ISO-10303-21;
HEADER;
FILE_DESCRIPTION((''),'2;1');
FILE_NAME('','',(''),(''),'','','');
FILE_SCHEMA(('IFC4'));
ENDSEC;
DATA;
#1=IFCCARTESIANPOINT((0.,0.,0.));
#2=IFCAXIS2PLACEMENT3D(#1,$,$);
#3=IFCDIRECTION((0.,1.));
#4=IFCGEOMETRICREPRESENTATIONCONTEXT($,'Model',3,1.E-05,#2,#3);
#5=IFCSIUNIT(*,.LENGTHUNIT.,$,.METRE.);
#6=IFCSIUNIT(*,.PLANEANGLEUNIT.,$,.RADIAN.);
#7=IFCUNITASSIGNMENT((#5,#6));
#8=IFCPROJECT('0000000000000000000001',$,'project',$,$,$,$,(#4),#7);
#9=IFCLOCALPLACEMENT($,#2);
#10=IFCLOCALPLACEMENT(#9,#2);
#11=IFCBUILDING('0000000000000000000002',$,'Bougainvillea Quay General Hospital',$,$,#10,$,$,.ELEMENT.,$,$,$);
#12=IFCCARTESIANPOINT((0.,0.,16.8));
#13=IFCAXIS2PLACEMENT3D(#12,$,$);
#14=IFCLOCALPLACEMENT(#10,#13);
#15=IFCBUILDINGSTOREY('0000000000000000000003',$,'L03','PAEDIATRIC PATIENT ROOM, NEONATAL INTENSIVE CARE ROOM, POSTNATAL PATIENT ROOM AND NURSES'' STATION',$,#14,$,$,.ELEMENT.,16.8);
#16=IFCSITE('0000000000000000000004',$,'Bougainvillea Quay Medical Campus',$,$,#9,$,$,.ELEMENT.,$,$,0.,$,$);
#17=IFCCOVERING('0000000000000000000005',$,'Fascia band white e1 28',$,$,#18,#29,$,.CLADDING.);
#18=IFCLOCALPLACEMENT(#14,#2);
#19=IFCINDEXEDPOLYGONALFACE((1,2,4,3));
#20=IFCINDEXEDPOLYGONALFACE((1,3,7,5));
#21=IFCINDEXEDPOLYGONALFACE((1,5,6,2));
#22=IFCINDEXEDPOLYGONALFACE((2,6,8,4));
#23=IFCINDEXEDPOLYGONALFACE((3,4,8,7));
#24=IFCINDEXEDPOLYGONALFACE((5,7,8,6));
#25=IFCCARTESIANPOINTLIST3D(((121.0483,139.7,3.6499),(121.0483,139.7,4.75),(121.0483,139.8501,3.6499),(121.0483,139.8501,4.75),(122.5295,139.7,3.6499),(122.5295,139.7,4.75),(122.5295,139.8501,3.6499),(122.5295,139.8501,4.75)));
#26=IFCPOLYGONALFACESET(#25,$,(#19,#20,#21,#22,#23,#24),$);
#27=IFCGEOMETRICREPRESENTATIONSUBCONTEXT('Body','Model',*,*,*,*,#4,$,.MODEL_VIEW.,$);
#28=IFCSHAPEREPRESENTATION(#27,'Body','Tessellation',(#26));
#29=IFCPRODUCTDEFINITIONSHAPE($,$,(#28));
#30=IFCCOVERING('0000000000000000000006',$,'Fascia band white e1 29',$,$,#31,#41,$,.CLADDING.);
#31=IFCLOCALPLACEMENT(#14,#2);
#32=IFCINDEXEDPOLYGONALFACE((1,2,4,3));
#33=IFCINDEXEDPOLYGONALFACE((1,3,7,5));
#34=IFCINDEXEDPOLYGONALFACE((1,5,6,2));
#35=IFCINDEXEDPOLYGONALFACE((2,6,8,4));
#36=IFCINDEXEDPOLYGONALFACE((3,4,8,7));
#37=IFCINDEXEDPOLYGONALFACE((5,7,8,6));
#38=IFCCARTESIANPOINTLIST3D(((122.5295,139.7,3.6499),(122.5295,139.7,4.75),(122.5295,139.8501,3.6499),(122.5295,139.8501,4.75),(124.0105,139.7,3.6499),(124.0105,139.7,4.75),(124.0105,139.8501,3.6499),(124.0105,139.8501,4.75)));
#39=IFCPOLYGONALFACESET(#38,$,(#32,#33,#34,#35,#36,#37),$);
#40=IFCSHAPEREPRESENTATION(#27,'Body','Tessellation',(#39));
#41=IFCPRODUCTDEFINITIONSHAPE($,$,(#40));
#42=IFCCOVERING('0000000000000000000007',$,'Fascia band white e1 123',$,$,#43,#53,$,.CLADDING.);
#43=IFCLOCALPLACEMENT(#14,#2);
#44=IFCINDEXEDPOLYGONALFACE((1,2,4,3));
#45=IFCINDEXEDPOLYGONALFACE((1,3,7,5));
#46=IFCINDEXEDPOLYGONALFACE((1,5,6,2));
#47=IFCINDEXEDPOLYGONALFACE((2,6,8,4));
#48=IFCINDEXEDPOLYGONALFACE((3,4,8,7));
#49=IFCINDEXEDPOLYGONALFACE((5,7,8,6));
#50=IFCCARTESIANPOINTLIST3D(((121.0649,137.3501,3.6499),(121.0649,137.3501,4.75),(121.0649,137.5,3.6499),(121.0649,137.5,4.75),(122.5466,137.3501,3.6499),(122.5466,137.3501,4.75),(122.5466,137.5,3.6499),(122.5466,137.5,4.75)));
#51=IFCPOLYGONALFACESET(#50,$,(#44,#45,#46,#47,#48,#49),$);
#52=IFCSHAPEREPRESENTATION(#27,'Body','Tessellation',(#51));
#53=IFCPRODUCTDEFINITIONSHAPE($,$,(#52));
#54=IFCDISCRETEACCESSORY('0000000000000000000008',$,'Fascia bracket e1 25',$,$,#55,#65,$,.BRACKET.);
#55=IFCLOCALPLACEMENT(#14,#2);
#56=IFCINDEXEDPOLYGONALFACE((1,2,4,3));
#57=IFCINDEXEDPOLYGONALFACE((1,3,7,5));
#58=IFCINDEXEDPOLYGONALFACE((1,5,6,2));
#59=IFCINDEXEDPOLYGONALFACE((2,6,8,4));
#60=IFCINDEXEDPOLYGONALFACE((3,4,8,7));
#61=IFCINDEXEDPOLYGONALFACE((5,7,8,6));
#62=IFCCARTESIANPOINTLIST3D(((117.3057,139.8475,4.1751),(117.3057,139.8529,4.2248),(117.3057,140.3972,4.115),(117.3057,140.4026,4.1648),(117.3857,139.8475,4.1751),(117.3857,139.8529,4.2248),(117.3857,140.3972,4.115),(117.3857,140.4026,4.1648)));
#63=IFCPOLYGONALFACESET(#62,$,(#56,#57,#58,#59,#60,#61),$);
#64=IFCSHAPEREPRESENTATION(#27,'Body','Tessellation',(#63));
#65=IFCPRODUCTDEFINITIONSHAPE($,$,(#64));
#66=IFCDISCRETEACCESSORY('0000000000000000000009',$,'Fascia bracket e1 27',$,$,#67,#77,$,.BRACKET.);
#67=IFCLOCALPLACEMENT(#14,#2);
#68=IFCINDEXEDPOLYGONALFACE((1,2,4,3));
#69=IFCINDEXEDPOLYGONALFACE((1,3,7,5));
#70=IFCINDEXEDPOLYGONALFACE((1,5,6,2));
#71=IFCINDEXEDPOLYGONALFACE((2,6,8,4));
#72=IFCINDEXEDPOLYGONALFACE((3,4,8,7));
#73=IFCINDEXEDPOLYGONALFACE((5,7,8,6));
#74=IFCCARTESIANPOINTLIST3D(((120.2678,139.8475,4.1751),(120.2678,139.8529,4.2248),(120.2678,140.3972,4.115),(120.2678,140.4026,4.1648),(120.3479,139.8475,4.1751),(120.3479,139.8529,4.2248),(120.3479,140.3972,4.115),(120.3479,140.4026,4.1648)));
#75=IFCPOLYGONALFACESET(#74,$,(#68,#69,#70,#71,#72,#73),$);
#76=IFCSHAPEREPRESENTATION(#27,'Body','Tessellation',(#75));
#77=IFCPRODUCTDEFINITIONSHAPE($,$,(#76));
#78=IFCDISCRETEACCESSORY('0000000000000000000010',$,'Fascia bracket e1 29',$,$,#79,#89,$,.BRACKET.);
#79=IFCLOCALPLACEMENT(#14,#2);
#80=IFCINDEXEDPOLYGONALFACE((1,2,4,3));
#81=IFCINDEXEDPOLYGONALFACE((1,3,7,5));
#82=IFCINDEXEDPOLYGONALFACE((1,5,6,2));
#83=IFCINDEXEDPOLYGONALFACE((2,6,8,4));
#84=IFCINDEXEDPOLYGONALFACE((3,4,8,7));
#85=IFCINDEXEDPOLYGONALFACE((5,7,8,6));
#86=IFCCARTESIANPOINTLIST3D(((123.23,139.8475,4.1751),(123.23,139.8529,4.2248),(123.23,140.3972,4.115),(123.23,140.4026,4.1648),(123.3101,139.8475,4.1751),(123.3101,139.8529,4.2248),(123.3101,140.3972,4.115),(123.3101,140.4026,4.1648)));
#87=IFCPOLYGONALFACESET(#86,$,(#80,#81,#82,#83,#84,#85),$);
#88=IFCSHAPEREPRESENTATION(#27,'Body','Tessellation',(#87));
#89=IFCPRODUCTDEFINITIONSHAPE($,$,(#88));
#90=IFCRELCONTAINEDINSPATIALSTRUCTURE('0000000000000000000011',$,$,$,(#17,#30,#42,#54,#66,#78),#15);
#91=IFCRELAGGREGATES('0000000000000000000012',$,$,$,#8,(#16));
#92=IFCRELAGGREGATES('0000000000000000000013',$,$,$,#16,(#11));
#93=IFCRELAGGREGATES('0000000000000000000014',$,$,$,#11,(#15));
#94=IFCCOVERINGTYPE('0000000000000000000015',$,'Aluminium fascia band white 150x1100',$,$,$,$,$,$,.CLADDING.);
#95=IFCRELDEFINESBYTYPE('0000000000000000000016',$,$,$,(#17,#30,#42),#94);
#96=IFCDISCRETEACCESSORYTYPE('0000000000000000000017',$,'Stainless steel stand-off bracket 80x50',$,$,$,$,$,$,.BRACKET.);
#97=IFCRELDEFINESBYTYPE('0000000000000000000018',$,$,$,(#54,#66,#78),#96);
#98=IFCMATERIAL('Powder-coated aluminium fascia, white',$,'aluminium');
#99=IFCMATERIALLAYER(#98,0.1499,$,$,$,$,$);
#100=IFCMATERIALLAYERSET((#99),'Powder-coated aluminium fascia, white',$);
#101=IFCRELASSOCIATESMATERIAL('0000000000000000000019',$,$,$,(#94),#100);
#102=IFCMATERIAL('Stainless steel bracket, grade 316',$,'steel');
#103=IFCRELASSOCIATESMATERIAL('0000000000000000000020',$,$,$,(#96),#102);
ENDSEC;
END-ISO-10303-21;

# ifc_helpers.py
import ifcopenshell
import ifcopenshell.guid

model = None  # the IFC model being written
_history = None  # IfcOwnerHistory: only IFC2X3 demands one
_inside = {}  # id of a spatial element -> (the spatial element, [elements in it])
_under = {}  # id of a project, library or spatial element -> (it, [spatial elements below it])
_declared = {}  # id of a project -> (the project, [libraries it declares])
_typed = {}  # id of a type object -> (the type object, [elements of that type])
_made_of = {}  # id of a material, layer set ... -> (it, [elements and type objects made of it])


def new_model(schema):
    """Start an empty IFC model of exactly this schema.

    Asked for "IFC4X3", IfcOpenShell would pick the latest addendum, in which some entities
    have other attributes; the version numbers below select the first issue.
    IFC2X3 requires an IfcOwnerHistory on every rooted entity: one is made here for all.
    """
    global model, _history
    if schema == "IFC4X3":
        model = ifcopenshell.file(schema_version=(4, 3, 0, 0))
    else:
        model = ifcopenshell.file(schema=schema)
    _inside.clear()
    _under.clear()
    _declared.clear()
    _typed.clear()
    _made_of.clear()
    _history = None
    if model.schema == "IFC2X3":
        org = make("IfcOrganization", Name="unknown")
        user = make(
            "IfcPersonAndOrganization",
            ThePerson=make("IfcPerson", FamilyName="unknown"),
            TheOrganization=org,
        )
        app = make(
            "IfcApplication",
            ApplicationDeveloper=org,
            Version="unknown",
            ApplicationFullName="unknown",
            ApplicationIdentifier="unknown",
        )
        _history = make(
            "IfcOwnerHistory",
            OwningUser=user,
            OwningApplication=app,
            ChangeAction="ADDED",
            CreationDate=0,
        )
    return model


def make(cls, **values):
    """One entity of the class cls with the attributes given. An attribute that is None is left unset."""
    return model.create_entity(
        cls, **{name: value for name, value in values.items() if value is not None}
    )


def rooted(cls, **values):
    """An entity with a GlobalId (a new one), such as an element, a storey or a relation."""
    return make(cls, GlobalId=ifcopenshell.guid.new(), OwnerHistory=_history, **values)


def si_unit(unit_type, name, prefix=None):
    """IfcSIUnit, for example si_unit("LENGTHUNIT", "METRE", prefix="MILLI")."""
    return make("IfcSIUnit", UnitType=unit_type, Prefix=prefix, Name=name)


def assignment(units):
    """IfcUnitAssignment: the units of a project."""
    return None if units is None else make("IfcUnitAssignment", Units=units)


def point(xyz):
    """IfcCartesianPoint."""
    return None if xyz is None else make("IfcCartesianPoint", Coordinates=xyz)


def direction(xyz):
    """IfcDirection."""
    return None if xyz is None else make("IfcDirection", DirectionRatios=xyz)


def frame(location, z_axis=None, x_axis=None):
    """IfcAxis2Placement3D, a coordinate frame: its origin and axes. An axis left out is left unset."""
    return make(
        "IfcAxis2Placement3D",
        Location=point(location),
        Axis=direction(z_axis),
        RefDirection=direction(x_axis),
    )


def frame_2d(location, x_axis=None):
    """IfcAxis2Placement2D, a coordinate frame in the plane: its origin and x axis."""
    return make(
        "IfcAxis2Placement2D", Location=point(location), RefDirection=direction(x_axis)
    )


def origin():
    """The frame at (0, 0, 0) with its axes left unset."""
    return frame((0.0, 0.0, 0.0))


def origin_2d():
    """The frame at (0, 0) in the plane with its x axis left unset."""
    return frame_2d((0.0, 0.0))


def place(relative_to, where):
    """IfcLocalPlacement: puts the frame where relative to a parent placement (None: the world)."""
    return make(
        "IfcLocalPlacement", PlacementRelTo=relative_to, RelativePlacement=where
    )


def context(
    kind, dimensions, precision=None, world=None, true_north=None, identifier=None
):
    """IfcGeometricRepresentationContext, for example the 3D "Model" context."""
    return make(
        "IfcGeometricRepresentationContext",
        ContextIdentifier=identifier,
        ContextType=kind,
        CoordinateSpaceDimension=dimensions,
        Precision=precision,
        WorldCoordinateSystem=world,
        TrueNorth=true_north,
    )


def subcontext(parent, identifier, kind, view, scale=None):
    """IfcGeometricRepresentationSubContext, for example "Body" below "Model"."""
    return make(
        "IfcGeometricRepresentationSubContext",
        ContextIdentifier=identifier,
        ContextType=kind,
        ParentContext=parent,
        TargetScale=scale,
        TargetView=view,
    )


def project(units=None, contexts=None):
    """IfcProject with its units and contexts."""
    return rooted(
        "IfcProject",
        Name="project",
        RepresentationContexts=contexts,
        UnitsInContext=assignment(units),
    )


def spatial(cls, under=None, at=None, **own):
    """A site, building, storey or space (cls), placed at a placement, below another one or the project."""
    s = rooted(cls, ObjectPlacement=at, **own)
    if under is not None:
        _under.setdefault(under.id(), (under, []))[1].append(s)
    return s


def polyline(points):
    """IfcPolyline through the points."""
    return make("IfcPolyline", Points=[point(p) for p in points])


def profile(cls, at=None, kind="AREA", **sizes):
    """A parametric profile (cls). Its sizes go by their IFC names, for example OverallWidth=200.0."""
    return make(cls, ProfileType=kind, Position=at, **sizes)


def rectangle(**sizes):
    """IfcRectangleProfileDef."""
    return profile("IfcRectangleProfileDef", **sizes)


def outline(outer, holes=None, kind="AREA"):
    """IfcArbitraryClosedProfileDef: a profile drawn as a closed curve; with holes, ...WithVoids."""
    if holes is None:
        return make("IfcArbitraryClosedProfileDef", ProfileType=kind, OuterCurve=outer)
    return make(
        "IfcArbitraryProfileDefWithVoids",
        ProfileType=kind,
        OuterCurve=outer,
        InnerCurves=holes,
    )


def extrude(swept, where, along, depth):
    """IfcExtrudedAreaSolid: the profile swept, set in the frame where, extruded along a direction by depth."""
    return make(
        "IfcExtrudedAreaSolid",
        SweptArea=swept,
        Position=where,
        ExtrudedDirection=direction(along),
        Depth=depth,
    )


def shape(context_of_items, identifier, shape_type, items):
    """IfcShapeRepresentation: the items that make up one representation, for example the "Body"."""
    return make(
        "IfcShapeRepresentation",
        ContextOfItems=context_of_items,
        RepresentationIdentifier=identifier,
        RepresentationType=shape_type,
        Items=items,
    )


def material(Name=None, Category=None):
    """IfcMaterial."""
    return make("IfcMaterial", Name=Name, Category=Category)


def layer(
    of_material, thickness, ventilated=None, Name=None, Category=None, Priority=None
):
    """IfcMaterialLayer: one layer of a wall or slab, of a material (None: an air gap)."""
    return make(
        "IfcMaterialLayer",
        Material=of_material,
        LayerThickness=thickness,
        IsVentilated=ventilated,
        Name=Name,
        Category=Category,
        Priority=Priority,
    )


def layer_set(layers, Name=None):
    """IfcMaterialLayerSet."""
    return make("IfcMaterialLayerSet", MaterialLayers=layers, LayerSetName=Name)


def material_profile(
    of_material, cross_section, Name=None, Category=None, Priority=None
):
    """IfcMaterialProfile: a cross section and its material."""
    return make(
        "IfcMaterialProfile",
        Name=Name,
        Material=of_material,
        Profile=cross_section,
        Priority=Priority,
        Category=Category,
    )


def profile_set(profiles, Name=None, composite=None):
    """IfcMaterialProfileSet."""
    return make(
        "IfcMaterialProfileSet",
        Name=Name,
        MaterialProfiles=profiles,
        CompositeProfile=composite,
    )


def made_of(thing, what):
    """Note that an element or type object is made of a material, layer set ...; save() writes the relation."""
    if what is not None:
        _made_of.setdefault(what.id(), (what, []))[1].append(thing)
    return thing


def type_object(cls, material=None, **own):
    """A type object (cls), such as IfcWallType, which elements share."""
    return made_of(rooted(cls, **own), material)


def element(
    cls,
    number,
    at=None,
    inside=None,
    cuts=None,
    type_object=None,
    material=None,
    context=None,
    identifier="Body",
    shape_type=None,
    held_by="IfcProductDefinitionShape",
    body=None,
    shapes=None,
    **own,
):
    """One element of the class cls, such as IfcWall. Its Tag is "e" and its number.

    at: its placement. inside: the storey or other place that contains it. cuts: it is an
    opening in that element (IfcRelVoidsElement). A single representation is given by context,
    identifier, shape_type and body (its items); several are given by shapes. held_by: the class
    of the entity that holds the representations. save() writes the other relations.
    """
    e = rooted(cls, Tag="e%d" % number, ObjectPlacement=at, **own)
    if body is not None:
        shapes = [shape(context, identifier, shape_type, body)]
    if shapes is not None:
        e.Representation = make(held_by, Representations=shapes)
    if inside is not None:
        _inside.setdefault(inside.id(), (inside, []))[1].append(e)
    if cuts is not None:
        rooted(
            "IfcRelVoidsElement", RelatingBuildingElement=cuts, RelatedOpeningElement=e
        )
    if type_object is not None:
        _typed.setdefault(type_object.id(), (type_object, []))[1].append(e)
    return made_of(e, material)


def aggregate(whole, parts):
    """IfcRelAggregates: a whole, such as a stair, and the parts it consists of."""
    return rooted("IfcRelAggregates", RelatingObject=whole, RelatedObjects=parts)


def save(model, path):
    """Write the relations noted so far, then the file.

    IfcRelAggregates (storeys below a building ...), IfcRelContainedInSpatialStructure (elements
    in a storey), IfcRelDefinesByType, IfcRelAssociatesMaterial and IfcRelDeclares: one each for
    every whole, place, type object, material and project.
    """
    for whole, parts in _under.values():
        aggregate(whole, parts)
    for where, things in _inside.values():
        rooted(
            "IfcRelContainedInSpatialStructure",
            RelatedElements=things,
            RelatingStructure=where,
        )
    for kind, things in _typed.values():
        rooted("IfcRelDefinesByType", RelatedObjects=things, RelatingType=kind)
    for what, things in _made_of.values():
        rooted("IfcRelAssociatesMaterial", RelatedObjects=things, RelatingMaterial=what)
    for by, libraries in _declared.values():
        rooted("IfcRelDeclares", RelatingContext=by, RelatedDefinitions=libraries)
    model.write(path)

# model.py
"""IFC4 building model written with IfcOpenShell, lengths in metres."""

from ifc_helpers import new_model, si_unit, direction, frame, origin, origin_2d, place, context, subcontext, project, spatial, polyline, rectangle, outline, extrude, material, layer, layer_set, material_profile, profile_set, type_object, element, save


model = new_model("IFC4")

# Units and contexts
model_context = context("Model", 3, precision=1e-05, world=origin(), true_north=direction((0.0, 1.0)))
body_context = subcontext(model_context, "Body", "Model", "MODEL_VIEW")
ifc_project = project(units=[si_unit("LENGTHUNIT", "METRE"), si_unit("PLANEANGLEUNIT", "RADIAN")], contexts=[model_context])

# Site, building, storey
site_placement = place(None, origin())
site = spatial("IfcSite", under=ifc_project, at=site_placement, Name="Bougainvillea Quay Medical Campus", CompositionType="ELEMENT", RefElevation=0.0)
building_placement = place(site_placement, origin())
building = spatial("IfcBuilding", under=site, at=building_placement, Name="Bougainvillea Quay General Hospital", CompositionType="ELEMENT")
storey_placement = place(building_placement, frame((0.0, 0.0, 16.8)))
storey = spatial("IfcBuildingStorey", under=building, at=storey_placement, Name="L03", Description="PAEDIATRIC PATIENT ROOM, NEONATAL INTENSIVE CARE ROOM, POSTNATAL PATIENT ROOM AND NURSES' STATION", CompositionType="ELEMENT", Elevation=16.8)

# Coverings
ifc_material_1 = material(Name="Powder-coated aluminium fascia, white", Category="aluminium")
ifc_layer_1 = layer(ifc_material_1, 0.1499)
ifc_layer_set_1 = layer_set([ifc_layer_1], Name="Powder-coated aluminium fascia, white")
covering_type = type_object("IfcCoveringType", Name="Aluminium fascia band white 150x1100", PredefinedType="CLADDING", material=ifc_layer_set_1)
covering_1_placement = place(storey_placement, frame((121.0483, 139.8501, 3.6499), z_axis=(0.0, 0.0, 1.0), x_axis=(1.0, 0.0, 0.0)))
element("IfcCovering", 1, at=covering_1_placement, inside=storey, type_object=covering_type, Name="Fascia band white e1 28", PredefinedType="CLADDING", context=body_context, shape_type="SweptSolid", body=[
    extrude(outline(polyline([(0.0, 0.0), (1.4812, 0.0), (1.4812, -0.1501), (0.0, -0.1501), (0.0, 0.0)])), origin(), (0.0, 0.0, 1.0), 1.1001),
])
covering_2_placement = place(storey_placement, frame((122.5295, 139.8501, 3.6499), z_axis=(0.0, 0.0, 1.0), x_axis=(1.0, 0.0, 0.0)))
element("IfcCovering", 2, at=covering_2_placement, inside=storey, type_object=covering_type, Name="Fascia band white e1 29", PredefinedType="CLADDING", context=body_context, shape_type="SweptSolid", body=[
    extrude(outline(polyline([(0.0, 0.0), (1.481, 0.0), (1.481, -0.1501), (0.0, -0.1501), (0.0, 0.0)])), origin(), (0.0, 0.0, 1.0), 1.1001),
])
covering_3_placement = place(storey_placement, frame((122.5466, 137.3501, 3.6499), z_axis=(0.0, 0.0, 1.0), x_axis=(-1.0, 0.0, 0.0)))
element("IfcCovering", 3, at=covering_3_placement, inside=storey, type_object=covering_type, Name="Fascia band white e1 123", PredefinedType="CLADDING", context=body_context, shape_type="SweptSolid", body=[
    extrude(outline(polyline([(0.0, 0.0), (1.4817, 0.0), (1.4817, -0.1499), (0.0, -0.1499), (0.0, 0.0)])), origin(), (0.0, 0.0, 1.0), 1.1001),
])

# Discrete accessories
ifc_material_2 = material(Name="Stainless steel bracket, grade 316", Category="steel")
ifc_material_profile_1 = material_profile(ifc_material_2, rectangle(XDim=0.0801, YDim=0.05, at=origin_2d()))
ifc_profile_set_1 = profile_set([ifc_material_profile_1], Name="Stainless steel bracket, grade 316")
discrete_accessory_type = type_object("IfcDiscreteAccessoryType", Name="Stainless steel stand-off bracket 80x50", PredefinedType="BRACKET", material=ifc_profile_set_1)
for number, where, z_axis, x_axis, name in (
    (4, (117.3457, 140.3999, 4.1399), (0.0, -0.994087, 0.10859), (1.0, 0.0, 0.0), "Fascia bracket e1 25"),
    (5, (120.3079, 140.3999, 4.1399), (0.0, -0.994087, 0.10859), (1.0, 0.0, 0.0), "Fascia bracket e1 27"),
    (6, (123.27, 140.3999, 4.1399), (0.0, -0.994087, 0.10859), (1.0, 0.0, 0.0), "Fascia bracket e1 29"),
):
    element("IfcDiscreteAccessory", number, at=place(storey_placement, frame(where, z_axis=z_axis, x_axis=x_axis)), inside=storey, type_object=discrete_accessory_type, Name=name, PredefinedType="BRACKET", context=body_context, shape_type="SweptSolid", body=[
        extrude(rectangle(XDim=0.0801, YDim=0.05, at=origin_2d()), origin(), (0.0, 0.0, 1.0), 0.553),
    ])

save(model, "model.ifc")
